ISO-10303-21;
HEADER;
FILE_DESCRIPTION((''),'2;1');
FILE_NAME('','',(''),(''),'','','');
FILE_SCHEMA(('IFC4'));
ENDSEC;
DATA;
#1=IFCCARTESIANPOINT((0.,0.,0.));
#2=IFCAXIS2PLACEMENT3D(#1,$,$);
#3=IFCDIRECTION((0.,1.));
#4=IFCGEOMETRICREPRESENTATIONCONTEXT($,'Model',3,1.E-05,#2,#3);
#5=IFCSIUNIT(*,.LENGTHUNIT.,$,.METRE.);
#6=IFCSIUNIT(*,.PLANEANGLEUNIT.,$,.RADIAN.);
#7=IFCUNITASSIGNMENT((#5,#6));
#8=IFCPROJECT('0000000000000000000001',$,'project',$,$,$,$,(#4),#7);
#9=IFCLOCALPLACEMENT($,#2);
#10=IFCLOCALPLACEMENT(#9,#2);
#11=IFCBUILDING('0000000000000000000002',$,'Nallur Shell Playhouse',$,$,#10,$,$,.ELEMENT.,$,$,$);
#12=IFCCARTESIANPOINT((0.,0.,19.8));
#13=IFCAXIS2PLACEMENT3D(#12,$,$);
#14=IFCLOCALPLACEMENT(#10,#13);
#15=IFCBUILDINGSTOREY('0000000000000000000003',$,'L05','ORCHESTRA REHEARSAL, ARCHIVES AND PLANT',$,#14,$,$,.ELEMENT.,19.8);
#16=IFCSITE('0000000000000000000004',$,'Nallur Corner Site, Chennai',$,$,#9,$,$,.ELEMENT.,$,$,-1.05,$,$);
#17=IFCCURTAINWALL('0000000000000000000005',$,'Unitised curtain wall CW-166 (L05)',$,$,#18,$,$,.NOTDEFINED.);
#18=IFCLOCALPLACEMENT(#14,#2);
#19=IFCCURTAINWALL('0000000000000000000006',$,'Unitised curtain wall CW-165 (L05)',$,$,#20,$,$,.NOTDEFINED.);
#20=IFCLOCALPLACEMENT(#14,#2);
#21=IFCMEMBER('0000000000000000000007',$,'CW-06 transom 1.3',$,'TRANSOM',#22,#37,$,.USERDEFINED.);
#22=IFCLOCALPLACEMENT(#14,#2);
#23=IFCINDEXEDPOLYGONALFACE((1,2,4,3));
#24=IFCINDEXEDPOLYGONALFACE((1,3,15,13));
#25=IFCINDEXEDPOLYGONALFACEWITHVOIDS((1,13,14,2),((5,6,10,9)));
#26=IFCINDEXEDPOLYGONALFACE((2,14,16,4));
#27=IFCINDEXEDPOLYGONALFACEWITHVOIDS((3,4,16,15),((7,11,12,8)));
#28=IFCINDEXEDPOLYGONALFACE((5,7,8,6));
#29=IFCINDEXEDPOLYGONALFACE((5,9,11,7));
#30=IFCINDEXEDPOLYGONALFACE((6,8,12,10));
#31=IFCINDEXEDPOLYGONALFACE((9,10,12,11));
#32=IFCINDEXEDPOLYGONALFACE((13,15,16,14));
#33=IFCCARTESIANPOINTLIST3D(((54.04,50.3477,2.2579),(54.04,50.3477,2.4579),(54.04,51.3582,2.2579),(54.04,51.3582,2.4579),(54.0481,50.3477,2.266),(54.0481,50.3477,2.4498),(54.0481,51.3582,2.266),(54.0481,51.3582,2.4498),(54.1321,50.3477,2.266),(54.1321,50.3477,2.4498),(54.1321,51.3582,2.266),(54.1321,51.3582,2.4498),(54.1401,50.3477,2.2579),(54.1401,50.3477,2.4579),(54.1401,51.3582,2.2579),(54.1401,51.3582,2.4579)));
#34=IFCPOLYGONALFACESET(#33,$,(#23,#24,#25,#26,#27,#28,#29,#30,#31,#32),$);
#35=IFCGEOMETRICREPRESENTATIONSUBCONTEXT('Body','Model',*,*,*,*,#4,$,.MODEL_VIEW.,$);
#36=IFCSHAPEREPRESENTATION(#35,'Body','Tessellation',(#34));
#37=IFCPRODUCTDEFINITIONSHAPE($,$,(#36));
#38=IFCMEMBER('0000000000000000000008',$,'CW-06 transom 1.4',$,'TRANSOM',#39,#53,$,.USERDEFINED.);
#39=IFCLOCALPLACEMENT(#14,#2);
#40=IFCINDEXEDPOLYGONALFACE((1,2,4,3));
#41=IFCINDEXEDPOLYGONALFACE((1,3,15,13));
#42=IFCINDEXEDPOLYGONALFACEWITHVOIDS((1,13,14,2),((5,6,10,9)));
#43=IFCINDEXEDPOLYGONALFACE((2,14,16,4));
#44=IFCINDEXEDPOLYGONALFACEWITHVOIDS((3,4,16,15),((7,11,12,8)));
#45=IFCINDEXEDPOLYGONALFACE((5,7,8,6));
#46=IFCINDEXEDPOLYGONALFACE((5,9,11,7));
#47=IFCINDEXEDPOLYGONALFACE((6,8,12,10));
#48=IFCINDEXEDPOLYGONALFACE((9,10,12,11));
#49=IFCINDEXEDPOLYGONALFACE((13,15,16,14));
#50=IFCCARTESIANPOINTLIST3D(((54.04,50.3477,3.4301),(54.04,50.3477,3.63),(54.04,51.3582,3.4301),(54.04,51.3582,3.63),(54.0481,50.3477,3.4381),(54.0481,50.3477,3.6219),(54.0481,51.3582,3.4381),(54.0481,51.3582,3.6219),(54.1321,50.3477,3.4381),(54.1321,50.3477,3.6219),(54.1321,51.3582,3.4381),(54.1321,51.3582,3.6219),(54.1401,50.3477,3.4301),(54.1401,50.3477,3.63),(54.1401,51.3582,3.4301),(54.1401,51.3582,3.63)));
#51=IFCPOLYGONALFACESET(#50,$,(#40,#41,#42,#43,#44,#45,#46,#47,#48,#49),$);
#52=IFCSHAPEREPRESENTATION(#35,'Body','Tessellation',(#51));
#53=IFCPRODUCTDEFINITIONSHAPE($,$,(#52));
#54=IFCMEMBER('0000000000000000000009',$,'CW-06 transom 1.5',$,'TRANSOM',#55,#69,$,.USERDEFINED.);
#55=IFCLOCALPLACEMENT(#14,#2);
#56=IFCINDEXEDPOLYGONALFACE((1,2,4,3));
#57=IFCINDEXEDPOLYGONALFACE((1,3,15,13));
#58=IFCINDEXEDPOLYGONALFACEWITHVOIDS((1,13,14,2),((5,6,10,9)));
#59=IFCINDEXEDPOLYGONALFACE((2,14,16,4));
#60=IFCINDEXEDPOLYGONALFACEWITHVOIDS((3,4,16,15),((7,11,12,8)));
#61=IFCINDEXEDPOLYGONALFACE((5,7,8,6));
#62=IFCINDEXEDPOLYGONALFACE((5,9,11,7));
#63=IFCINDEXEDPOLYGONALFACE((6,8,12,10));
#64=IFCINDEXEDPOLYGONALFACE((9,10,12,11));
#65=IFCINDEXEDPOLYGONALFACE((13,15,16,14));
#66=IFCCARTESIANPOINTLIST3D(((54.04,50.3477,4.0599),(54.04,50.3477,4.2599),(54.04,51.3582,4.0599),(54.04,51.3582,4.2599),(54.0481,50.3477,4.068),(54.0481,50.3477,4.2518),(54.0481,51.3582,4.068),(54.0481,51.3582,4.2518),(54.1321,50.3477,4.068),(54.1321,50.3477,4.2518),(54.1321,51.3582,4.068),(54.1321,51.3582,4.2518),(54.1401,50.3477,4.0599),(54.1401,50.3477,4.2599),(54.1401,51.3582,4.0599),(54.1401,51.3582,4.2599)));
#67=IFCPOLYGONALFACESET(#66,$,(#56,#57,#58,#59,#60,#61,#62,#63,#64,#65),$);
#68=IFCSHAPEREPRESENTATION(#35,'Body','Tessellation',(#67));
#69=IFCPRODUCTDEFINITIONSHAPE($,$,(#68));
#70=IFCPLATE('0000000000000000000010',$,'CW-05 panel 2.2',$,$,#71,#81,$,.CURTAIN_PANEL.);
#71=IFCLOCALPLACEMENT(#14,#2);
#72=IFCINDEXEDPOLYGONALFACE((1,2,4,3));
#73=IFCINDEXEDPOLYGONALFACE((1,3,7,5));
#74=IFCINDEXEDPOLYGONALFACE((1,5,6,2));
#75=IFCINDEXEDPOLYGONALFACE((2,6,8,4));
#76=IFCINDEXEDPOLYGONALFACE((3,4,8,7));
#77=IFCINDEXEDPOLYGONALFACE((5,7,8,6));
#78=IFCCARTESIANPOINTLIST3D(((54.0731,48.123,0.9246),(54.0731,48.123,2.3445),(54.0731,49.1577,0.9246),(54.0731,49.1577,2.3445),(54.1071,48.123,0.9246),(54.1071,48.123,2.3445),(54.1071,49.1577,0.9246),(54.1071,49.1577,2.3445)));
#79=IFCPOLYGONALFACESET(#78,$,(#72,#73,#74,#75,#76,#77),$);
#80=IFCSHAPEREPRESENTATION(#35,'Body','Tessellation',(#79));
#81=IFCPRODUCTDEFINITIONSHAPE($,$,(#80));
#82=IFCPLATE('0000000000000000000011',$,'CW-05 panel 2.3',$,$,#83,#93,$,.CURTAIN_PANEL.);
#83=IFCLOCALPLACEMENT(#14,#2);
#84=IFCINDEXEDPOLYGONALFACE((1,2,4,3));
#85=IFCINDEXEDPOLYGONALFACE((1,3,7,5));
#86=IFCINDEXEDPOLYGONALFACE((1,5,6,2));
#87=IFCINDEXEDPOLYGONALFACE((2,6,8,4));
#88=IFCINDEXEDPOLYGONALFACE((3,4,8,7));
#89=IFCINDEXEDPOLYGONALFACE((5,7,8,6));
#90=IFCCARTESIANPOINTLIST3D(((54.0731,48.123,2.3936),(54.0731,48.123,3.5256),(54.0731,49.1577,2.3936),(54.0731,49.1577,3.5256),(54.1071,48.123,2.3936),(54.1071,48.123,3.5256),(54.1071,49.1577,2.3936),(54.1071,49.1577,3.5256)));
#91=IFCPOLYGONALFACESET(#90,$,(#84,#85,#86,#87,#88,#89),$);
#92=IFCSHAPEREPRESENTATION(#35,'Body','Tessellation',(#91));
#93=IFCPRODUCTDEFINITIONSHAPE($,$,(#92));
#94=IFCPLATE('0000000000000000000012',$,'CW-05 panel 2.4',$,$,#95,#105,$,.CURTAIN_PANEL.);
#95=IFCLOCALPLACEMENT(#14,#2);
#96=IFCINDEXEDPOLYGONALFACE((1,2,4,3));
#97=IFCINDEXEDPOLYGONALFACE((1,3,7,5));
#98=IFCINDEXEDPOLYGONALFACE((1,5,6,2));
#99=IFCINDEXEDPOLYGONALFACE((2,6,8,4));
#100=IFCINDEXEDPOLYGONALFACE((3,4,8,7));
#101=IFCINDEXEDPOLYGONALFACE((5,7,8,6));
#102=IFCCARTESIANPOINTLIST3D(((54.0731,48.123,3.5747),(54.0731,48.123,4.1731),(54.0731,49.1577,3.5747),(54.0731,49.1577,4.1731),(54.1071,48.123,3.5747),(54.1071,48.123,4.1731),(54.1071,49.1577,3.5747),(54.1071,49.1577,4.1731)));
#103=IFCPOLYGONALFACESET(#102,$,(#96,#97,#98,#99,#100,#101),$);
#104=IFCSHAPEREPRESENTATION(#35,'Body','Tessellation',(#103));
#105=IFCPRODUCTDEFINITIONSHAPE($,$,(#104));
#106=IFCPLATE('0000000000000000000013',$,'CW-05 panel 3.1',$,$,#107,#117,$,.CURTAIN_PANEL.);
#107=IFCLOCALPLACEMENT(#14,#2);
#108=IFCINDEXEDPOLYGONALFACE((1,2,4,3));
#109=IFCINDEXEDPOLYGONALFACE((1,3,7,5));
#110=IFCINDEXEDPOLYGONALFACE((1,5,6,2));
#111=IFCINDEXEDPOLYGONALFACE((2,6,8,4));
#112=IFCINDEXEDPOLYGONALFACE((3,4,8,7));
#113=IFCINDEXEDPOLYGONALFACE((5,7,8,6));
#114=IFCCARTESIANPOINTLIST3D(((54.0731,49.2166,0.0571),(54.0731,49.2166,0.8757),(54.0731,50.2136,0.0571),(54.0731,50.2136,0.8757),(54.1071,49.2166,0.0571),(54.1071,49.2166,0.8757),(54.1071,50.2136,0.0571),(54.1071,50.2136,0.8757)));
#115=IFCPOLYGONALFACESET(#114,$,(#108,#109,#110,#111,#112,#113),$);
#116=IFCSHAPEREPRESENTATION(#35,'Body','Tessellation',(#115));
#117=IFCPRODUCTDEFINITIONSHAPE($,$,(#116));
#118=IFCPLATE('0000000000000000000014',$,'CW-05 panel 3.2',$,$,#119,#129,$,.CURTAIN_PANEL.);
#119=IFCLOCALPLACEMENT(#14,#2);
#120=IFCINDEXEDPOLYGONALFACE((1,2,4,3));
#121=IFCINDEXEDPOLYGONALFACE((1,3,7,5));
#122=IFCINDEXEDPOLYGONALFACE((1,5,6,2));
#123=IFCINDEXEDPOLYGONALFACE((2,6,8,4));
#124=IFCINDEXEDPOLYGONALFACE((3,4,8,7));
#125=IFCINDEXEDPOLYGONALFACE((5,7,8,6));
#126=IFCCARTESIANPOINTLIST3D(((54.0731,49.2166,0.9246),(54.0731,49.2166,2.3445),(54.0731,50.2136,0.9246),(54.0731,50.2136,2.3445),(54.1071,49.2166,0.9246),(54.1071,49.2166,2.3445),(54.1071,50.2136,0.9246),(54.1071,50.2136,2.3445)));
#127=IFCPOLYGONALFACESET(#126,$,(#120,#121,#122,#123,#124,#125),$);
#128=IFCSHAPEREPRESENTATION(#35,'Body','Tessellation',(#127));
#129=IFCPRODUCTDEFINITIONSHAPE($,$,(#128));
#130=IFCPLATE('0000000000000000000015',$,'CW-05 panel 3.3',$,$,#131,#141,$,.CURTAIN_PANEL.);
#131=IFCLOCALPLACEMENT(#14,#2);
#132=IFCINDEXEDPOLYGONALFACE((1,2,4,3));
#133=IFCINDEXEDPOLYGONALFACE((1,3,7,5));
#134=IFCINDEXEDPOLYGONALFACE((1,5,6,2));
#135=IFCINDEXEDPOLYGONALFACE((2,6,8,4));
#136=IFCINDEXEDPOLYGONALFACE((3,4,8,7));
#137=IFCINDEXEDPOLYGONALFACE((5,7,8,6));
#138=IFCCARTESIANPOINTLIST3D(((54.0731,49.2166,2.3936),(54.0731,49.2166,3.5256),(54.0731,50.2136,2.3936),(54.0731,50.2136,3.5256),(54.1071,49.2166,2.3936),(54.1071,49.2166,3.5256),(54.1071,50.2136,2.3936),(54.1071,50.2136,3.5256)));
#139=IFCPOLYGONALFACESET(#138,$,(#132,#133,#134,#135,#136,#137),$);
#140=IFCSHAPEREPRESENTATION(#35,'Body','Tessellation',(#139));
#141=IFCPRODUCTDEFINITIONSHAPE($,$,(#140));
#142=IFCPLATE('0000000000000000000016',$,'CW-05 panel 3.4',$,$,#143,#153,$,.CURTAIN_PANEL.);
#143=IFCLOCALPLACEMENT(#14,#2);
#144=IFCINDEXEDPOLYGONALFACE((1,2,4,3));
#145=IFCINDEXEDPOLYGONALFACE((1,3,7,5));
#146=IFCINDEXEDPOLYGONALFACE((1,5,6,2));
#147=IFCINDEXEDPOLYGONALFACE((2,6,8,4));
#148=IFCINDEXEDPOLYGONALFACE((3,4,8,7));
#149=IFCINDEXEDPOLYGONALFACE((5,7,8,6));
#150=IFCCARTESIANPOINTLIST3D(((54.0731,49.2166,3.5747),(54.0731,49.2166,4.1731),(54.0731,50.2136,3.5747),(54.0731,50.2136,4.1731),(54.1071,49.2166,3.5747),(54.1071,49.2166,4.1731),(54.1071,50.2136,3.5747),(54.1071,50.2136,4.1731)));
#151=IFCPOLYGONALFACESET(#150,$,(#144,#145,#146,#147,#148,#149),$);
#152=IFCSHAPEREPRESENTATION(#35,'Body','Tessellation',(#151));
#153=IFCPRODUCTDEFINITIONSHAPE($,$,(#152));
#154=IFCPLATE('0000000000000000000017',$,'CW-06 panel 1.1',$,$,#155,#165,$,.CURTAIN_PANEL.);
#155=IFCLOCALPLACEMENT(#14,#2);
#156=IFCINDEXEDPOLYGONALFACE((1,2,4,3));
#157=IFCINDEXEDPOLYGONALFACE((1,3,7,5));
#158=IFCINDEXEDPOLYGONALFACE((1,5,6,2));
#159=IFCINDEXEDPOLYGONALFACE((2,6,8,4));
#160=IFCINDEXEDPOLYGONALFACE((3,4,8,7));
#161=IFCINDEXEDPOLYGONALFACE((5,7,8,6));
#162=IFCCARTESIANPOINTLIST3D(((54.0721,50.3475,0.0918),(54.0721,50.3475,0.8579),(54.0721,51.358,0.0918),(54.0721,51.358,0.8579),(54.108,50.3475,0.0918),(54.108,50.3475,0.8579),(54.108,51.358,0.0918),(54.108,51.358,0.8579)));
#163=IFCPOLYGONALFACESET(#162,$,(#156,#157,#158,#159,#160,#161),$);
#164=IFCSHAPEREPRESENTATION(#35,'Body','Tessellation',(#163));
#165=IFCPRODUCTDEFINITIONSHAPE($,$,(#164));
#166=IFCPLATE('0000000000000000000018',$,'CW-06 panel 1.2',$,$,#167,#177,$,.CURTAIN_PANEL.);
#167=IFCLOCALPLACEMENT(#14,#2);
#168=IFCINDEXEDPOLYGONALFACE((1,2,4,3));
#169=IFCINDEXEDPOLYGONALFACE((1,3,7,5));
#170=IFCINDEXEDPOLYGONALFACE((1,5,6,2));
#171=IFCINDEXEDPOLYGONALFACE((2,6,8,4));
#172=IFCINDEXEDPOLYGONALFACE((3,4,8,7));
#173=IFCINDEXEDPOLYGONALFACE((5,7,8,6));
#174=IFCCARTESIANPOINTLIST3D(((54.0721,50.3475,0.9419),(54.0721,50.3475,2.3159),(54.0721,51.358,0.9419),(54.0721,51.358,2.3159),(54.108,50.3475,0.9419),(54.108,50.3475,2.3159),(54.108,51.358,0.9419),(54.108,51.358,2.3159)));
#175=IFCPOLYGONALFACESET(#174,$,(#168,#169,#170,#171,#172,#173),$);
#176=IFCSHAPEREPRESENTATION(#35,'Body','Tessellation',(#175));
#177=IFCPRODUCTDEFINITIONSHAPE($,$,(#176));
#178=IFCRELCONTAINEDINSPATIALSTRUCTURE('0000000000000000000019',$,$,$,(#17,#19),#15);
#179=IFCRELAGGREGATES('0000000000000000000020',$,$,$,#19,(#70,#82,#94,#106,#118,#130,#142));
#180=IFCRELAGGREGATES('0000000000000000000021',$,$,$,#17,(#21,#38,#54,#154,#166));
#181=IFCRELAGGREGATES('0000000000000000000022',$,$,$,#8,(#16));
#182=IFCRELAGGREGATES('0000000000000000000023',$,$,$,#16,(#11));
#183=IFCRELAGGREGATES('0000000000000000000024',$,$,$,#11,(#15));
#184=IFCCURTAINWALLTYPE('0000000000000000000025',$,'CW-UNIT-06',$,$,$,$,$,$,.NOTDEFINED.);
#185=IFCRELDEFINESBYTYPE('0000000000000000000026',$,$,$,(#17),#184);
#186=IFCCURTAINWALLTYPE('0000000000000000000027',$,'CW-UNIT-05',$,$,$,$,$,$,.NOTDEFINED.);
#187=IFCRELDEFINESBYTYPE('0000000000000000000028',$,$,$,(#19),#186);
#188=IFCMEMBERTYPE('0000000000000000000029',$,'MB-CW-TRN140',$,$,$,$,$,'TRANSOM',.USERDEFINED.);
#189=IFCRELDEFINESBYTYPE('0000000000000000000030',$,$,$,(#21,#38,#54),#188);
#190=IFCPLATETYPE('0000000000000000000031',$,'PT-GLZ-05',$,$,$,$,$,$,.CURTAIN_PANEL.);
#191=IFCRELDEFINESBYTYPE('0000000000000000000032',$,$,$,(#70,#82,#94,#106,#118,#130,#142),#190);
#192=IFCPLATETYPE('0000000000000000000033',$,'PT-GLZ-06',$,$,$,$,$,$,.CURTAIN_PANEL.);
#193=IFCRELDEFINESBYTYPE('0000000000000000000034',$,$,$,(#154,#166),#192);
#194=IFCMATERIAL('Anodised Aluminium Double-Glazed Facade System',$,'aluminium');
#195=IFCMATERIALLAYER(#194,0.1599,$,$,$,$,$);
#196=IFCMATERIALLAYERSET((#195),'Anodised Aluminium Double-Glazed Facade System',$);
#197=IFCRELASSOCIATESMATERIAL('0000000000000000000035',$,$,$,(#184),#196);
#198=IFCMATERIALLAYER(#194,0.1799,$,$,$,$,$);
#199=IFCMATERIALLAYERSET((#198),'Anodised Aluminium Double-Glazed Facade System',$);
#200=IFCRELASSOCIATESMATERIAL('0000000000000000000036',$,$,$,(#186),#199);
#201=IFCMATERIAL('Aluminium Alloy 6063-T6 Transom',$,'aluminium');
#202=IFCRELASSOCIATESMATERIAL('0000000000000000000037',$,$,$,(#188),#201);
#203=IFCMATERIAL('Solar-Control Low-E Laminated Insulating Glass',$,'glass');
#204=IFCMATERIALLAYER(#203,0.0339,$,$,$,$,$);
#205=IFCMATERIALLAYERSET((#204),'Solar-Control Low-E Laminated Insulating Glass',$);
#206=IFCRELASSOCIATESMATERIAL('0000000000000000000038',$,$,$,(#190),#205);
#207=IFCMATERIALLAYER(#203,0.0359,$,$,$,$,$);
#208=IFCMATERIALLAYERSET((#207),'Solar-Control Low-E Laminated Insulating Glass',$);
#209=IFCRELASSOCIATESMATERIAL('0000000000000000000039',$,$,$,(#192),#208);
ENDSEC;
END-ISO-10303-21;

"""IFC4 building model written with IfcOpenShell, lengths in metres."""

from ifc_helpers import new_model, si_unit, direction, frame, origin, origin_2d, place, context, subcontext, project, spatial, rectangle, hollow_rectangle, extrude, material, layer, layer_set, material_profile, profile_set, type_object, element, aggregate, save


model = new_model("IFC4")

# Units and contexts
model_context = context("Model", 3, precision=1e-05, world=origin(), true_north=direction((0.0, 1.0)))
body_context = subcontext(model_context, "Body", "Model", "MODEL_VIEW")
ifc_project = project(units=[si_unit("LENGTHUNIT", "METRE"), si_unit("PLANEANGLEUNIT", "RADIAN")], contexts=[model_context])

# Site, building, storey
site_placement = place(None, origin())
site = spatial("IfcSite", under=ifc_project, at=site_placement, Name="Nallur Corner Site, Chennai", CompositionType="ELEMENT", RefElevation=-1.05)
building_placement = place(site_placement, origin())
building = spatial("IfcBuilding", under=site, at=building_placement, Name="Nallur Shell Playhouse", CompositionType="ELEMENT")
storey_placement = place(building_placement, frame((0.0, 0.0, 19.8)))
storey = spatial("IfcBuildingStorey", under=building, at=storey_placement, Name="L05", Description="ORCHESTRA REHEARSAL, ARCHIVES AND PLANT", CompositionType="ELEMENT", Elevation=19.8)

# Curtain wall
ifc_material_1 = material(Name="Anodised Aluminium Double-Glazed Facade System", Category="aluminium")
ifc_layer_1 = layer(ifc_material_1, 0.1599)
ifc_layer_set_1 = layer_set([ifc_layer_1], Name="Anodised Aluminium Double-Glazed Facade System")
curtain_wall_type_1 = type_object("IfcCurtainWallType", Name="CW-UNIT-06", PredefinedType="NOTDEFINED", material=ifc_layer_set_1)
curtain_wall_1_placement = place(storey_placement, origin())
curtain_wall_1 = element("IfcCurtainWall", 1, at=curtain_wall_1_placement, inside=storey, type_object=curtain_wall_type_1, Name="Unitised curtain wall CW-166 (L05)", PredefinedType="NOTDEFINED")

# Curtain wall
ifc_layer_2 = layer(ifc_material_1, 0.1799)
ifc_layer_set_2 = layer_set([ifc_layer_2], Name="Anodised Aluminium Double-Glazed Facade System")
curtain_wall_type_2 = type_object("IfcCurtainWallType", Name="CW-UNIT-05", PredefinedType="NOTDEFINED", material=ifc_layer_set_2)
curtain_wall_2_placement = place(storey_placement, origin())
curtain_wall_2 = element("IfcCurtainWall", 2, at=curtain_wall_2_placement, inside=storey, type_object=curtain_wall_type_2, Name="Unitised curtain wall CW-165 (L05)", PredefinedType="NOTDEFINED")
ifc_material_2 = material(Name="Aluminium Alloy 6063-T6 Transom", Category="aluminium")

# Members
ifc_material_profile_1 = material_profile(ifc_material_2, hollow_rectangle(XDim=0.1001, YDim=0.2, WallThickness=0.0081, at=origin_2d()), Name="RHS 200x100x8")
ifc_profile_set_1 = profile_set([ifc_material_profile_1], Name="Aluminium Alloy 6063-T6 Transom")
member_type_1 = type_object("IfcMemberType", Name="MB-CW-TRN140", ElementType="TRANSOM", PredefinedType="USERDEFINED", material=ifc_profile_set_1)
member_1_placement = place(storey_placement, frame((54.0901, 50.3477, 2.3579), z_axis=(0.0, 1.0, 0.0), x_axis=(-1.0, 0.0, 0.0)))
member_1 = element("IfcMember", 3, at=member_1_placement, type_object=member_type_1, Name="CW-06 transom 1.3", ObjectType="TRANSOM", PredefinedType="USERDEFINED", context=body_context, shape_type="SweptSolid", body=[
    extrude(hollow_rectangle(XDim=0.1001, YDim=0.2, WallThickness=0.0081, at=origin_2d()), origin(), (0.0, 0.0, 1.0), 1.0105),
])
member_2_placement = place(storey_placement, frame((54.0901, 50.3477, 3.53), z_axis=(0.0, 1.0, 0.0), x_axis=(-1.0, 0.0, 0.0)))
member_2 = element("IfcMember", 4, at=member_2_placement, type_object=member_type_1, Name="CW-06 transom 1.4", ObjectType="TRANSOM", PredefinedType="USERDEFINED", context=body_context, shape_type="SweptSolid", body=[
    extrude(hollow_rectangle(XDim=0.1001, YDim=0.2, WallThickness=0.0081, at=origin_2d()), origin(), (0.0, 0.0, 1.0), 1.0105),
])
member_3_placement = place(storey_placement, frame((54.0901, 50.3477, 4.1599), z_axis=(0.0, 1.0, 0.0), x_axis=(-1.0, 0.0, 0.0)))
member_3 = element("IfcMember", 5, at=member_3_placement, type_object=member_type_1, Name="CW-06 transom 1.5", ObjectType="TRANSOM", PredefinedType="USERDEFINED", context=body_context, shape_type="SweptSolid", body=[
    extrude(hollow_rectangle(XDim=0.1001, YDim=0.2, WallThickness=0.0081, at=origin_2d()), origin(), (0.0, 0.0, 1.0), 1.0105),
])

# Plates
ifc_material_3 = material(Name="Solar-Control Low-E Laminated Insulating Glass", Category="glass")
ifc_layer_3 = layer(ifc_material_3, 0.0339)
ifc_layer_set_3 = layer_set([ifc_layer_3], Name="Solar-Control Low-E Laminated Insulating Glass")
plate_type_1 = type_object("IfcPlateType", Name="PT-GLZ-05", PredefinedType="CURTAIN_PANEL", material=ifc_layer_set_3)
plate_1_placement = place(storey_placement, frame((54.0901, 48.6404, 0.9246), z_axis=(0.0, 0.0, 1.0), x_axis=(0.0, 1.0, 0.0)))
plate_1 = element("IfcPlate", 6, at=plate_1_placement, type_object=plate_type_1, Name="CW-05 panel 2.2", PredefinedType="CURTAIN_PANEL", context=body_context, shape_type="SweptSolid", body=[
    extrude(rectangle(XDim=1.0347, YDim=0.0339, at=origin_2d()), origin(), (0.0, 0.0, 1.0), 1.4199),
])
plate_2_placement = place(storey_placement, frame((54.0901, 48.6404, 2.3936), z_axis=(0.0, 0.0, 1.0), x_axis=(0.0, 1.0, 0.0)))
plate_2 = element("IfcPlate", 7, at=plate_2_placement, type_object=plate_type_1, Name="CW-05 panel 2.3", PredefinedType="CURTAIN_PANEL", context=body_context, shape_type="SweptSolid", body=[
    extrude(rectangle(XDim=1.0347, YDim=0.0339, at=origin_2d()), origin(), (0.0, 0.0, 1.0), 1.1321),
])
plate_3_placement = place(storey_placement, frame((54.0901, 48.6404, 3.5747), z_axis=(0.0, 0.0, 1.0), x_axis=(0.0, 1.0, 0.0)))
plate_3 = element("IfcPlate", 8, at=plate_3_placement, type_object=plate_type_1, Name="CW-05 panel 2.4", PredefinedType="CURTAIN_PANEL", context=body_context, shape_type="SweptSolid", body=[
    extrude(rectangle(XDim=1.0347, YDim=0.0339, at=origin_2d()), origin(), (0.0, 0.0, 1.0), 0.5984),
])
plate_4_placement = place(storey_placement, frame((54.0901, 49.7151, 0.0571), z_axis=(0.0, 0.0, 1.0), x_axis=(0.0, 1.0, 0.0)))
plate_4 = element("IfcPlate", 9, at=plate_4_placement, type_object=plate_type_1, Name="CW-05 panel 3.1", PredefinedType="CURTAIN_PANEL", context=body_context, shape_type="SweptSolid", body=[
    extrude(rectangle(XDim=0.9971, YDim=0.0339, at=origin_2d()), origin(), (0.0, 0.0, 1.0), 0.8186),
])
plate_5_placement = place(storey_placement, frame((54.0901, 49.7151, 0.9246), z_axis=(0.0, 0.0, 1.0), x_axis=(0.0, 1.0, 0.0)))
plate_5 = element("IfcPlate", 10, at=plate_5_placement, type_object=plate_type_1, Name="CW-05 panel 3.2", PredefinedType="CURTAIN_PANEL", context=body_context, shape_type="SweptSolid", body=[
    extrude(rectangle(XDim=0.9971, YDim=0.0339, at=origin_2d()), origin(), (0.0, 0.0, 1.0), 1.4199),
])
plate_6_placement = place(storey_placement, frame((54.0901, 49.7151, 2.3936), z_axis=(0.0, 0.0, 1.0), x_axis=(0.0, 1.0, 0.0)))
plate_6 = element("IfcPlate", 11, at=plate_6_placement, type_object=plate_type_1, Name="CW-05 panel 3.3", PredefinedType="CURTAIN_PANEL", context=body_context, shape_type="SweptSolid", body=[
    extrude(rectangle(XDim=0.9971, YDim=0.0339, at=origin_2d()), origin(), (0.0, 0.0, 1.0), 1.1321),
])
plate_7_placement = place(storey_placement, frame((54.0901, 49.7151, 3.5747), z_axis=(0.0, 0.0, 1.0), x_axis=(0.0, 1.0, 0.0)))
plate_7 = element("IfcPlate", 12, at=plate_7_placement, type_object=plate_type_1, Name="CW-05 panel 3.4", PredefinedType="CURTAIN_PANEL", context=body_context, shape_type="SweptSolid", body=[
    extrude(rectangle(XDim=0.9971, YDim=0.0339, at=origin_2d()), origin(), (0.0, 0.0, 1.0), 0.5984),
])
aggregate(curtain_wall_2, [plate_1, plate_2, plate_3, plate_4, plate_5, plate_6, plate_7])
ifc_layer_4 = layer(ifc_material_3, 0.0359)
ifc_layer_set_4 = layer_set([ifc_layer_4], Name="Solar-Control Low-E Laminated Insulating Glass")
plate_type_2 = type_object("IfcPlateType", Name="PT-GLZ-06", PredefinedType="CURTAIN_PANEL", material=ifc_layer_set_4)
plate_8_placement = place(storey_placement, frame((54.0901, 50.8528, 0.0918), z_axis=(0.0, 0.0, 1.0), x_axis=(0.0, 1.0, 0.0)))
plate_8 = element("IfcPlate", 13, at=plate_8_placement, type_object=plate_type_2, Name="CW-06 panel 1.1", PredefinedType="CURTAIN_PANEL", context=body_context, shape_type="SweptSolid", body=[
    extrude(rectangle(XDim=1.0105, YDim=0.0359, at=origin_2d()), origin(), (0.0, 0.0, 1.0), 0.7661),
])
plate_9_placement = place(storey_placement, frame((54.0901, 50.8528, 0.9419), z_axis=(0.0, 0.0, 1.0), x_axis=(0.0, 1.0, 0.0)))
plate_9 = element("IfcPlate", 14, at=plate_9_placement, type_object=plate_type_2, Name="CW-06 panel 1.2", PredefinedType="CURTAIN_PANEL", context=body_context, shape_type="SweptSolid", body=[
    extrude(rectangle(XDim=1.0105, YDim=0.0359, at=origin_2d()), origin(), (0.0, 0.0, 1.0), 1.374),
])
aggregate(curtain_wall_1, [member_1, member_2, member_3, plate_8, plate_9])

save(model, "model.ifc")
